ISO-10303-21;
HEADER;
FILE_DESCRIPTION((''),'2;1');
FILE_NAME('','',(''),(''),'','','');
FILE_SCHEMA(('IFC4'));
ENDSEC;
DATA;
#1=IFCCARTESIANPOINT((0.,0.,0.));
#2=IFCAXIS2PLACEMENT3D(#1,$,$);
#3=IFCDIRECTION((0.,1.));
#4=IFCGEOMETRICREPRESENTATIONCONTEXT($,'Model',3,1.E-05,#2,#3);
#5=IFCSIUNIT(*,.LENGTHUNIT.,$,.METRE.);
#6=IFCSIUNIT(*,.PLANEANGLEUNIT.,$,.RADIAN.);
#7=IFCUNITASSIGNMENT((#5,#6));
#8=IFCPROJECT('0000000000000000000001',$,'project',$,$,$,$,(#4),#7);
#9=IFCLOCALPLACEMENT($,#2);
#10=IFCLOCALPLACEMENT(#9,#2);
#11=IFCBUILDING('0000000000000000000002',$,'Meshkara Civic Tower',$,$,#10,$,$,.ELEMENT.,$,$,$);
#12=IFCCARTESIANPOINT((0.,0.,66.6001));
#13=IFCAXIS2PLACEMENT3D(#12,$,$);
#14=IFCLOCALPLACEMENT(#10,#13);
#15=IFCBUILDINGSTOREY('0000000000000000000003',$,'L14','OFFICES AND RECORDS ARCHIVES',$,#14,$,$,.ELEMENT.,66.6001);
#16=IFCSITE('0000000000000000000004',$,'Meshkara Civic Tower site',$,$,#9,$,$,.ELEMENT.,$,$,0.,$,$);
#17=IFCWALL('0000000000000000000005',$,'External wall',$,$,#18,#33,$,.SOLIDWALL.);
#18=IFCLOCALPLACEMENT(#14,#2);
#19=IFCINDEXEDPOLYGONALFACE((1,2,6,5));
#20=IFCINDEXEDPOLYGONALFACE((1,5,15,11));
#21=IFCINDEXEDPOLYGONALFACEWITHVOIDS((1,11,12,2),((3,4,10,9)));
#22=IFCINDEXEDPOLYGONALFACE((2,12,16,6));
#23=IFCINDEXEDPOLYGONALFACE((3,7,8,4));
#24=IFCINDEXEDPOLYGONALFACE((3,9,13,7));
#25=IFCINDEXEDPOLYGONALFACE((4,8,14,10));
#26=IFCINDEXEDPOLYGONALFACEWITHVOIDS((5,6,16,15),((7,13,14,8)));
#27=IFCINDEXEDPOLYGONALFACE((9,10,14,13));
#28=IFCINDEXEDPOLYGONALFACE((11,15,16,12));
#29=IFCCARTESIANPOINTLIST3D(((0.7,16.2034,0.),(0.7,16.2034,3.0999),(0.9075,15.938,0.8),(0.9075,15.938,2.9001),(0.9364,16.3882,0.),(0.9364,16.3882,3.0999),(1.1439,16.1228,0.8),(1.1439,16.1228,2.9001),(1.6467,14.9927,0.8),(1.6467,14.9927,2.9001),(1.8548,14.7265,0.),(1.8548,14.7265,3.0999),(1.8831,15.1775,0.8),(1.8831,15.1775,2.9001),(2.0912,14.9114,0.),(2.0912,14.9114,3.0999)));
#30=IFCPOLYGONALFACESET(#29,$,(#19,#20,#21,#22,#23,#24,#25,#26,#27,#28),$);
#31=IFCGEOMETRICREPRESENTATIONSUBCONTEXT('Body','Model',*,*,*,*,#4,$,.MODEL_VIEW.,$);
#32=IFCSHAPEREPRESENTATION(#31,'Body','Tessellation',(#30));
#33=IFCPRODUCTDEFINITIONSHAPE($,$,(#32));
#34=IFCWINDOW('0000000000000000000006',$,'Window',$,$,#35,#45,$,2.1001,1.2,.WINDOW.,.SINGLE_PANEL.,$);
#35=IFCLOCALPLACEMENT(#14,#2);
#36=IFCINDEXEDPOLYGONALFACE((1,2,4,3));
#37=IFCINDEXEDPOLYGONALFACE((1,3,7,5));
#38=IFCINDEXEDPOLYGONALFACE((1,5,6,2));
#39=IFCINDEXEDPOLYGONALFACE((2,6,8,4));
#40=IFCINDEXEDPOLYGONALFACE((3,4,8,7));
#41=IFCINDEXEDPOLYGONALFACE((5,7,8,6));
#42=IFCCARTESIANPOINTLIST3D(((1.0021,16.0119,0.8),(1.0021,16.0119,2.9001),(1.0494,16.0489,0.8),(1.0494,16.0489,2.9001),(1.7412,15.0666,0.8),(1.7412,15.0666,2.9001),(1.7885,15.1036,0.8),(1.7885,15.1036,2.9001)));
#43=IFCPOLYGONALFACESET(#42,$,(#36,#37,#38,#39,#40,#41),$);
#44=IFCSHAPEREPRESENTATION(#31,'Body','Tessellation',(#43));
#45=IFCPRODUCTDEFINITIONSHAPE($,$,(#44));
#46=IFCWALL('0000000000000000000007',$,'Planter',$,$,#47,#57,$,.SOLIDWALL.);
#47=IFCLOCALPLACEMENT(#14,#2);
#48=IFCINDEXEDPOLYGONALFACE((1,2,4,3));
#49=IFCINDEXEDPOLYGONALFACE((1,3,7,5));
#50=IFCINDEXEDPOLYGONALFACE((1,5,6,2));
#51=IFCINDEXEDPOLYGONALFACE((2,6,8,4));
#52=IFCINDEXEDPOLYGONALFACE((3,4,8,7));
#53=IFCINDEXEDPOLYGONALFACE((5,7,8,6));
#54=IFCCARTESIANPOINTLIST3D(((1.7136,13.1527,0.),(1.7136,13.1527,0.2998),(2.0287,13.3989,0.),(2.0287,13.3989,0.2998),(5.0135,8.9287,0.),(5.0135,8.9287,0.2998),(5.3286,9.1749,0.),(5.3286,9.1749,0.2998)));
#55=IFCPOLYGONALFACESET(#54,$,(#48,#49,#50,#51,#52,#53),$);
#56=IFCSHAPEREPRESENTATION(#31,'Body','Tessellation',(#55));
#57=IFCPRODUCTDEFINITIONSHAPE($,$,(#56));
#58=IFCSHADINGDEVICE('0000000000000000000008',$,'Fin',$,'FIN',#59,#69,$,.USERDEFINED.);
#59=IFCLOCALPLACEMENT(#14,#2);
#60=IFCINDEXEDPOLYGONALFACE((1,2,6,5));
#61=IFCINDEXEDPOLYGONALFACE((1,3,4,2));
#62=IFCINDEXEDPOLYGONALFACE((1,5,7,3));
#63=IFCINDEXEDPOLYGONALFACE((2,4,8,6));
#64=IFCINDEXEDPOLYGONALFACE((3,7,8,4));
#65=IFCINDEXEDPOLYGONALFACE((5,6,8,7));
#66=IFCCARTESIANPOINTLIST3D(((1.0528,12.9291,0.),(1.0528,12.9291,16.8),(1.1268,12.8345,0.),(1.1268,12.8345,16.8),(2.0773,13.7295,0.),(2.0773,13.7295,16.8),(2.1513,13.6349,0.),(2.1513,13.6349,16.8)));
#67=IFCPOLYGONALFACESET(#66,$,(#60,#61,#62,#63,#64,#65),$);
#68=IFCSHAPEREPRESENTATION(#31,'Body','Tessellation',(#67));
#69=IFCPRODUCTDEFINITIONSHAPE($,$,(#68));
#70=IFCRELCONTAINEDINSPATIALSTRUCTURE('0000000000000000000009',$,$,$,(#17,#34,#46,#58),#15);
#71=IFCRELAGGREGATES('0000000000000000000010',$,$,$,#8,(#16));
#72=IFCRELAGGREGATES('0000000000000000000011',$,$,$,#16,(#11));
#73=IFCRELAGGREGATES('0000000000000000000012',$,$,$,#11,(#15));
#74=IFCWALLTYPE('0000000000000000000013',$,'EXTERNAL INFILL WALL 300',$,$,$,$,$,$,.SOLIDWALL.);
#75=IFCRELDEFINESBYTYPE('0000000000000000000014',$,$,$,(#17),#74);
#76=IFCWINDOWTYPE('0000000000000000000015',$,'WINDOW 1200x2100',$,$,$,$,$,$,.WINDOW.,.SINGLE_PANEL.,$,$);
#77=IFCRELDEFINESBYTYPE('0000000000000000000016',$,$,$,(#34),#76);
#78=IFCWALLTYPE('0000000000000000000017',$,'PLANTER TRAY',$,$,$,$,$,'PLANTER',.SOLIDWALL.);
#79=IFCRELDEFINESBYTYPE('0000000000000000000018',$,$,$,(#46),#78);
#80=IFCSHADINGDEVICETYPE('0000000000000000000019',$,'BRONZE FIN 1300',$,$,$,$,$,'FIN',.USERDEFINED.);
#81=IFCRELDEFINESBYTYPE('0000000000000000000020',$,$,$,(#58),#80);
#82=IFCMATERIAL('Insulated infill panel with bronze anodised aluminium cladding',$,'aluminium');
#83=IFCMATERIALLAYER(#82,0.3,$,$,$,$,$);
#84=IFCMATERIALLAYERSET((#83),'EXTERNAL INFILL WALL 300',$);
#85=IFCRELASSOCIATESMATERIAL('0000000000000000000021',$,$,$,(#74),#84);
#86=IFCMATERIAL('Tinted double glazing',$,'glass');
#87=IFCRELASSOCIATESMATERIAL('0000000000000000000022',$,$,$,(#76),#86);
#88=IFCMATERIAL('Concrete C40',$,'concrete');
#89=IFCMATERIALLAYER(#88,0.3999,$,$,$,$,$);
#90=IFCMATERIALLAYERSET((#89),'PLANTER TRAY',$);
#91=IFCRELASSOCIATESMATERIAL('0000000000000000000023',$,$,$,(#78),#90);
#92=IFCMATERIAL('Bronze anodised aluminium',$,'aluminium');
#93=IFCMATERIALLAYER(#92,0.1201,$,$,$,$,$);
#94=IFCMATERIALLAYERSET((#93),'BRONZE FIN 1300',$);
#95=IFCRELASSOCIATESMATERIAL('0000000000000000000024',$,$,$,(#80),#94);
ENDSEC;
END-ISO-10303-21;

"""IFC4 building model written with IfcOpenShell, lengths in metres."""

from ifc_helpers import new_model, si_unit, direction, frame, frame_2d, origin, origin_2d, place, context, subcontext, project, spatial, rectangle, extrude, material, layer, layer_set, type_object, element, fill, save


model = new_model("IFC4")

# Units and contexts
model_context = context("Model", 3, precision=1e-05, world=origin(), true_north=direction((0.0, 1.0)))
body_context = subcontext(model_context, "Body", "Model", "MODEL_VIEW")
ifc_project = project(units=[si_unit("LENGTHUNIT", "METRE"), si_unit("PLANEANGLEUNIT", "RADIAN")], contexts=[model_context])

# Site, building, storey
site_placement = place(None, origin())
site = spatial("IfcSite", under=ifc_project, at=site_placement, Name="Meshkara Civic Tower site", CompositionType="ELEMENT", RefElevation=0.0)
building_placement = place(site_placement, origin())
building = spatial("IfcBuilding", under=site, at=building_placement, Name="Meshkara Civic Tower", CompositionType="ELEMENT")
storey_placement = place(building_placement, frame((0.0, 0.0, 66.6001)))
storey = spatial("IfcBuildingStorey", under=building, at=storey_placement, Name="L14", Description="OFFICES AND RECORDS ARCHIVES", CompositionType="ELEMENT", Elevation=66.6001)

# Wall, opening, window
ifc_material_1 = material(Name="Insulated infill panel with bronze anodised aluminium cladding", Category="aluminium")
ifc_layer_1 = layer(ifc_material_1, 0.3)
ifc_layer_set_1 = layer_set([ifc_layer_1], Name="EXTERNAL INFILL WALL 300")
wall_type_1 = type_object("IfcWallType", Name="EXTERNAL INFILL WALL 300", PredefinedType="SOLIDWALL", material=ifc_layer_set_1)
wall_1_placement = place(storey_placement, frame((0.8181, 16.2959, 0.0), z_axis=(0.0, 0.0, 1.0), x_axis=(0.615985, -0.787758, 0.0)))
wall_1 = element("IfcWall", 1, at=wall_1_placement, inside=storey, type_object=wall_type_1, Name="External wall", PredefinedType="SOLIDWALL", context=body_context, shape_type="SweptSolid", body=[
    extrude(rectangle(XDim=1.8748, YDim=0.3, at=frame_2d((0.9375, 0.0))), origin(), (0.0, 0.0, 1.0), 3.0999),
])
opening_1_placement = place(wall_1_placement, frame((0.3369, 0.0, 0.8)))
opening_1 = element("IfcOpeningElement", 2, at=opening_1_placement, cuts=wall_1, PredefinedType="OPENING", context=body_context, shape_type="SweptSolid", body=[
    extrude(rectangle(XDim=1.2, YDim=2.1001, at=frame_2d((0.6001, 1.05))), frame((0.0, 0.1599, 0.0), z_axis=(0.0, -1.0, 0.0), x_axis=(1.0, 0.0, 0.0)), (0.0, 0.0, 1.0), 0.3201),
])
ifc_material_2 = material(Name="Tinted double glazing", Category="glass")
window_type = type_object("IfcWindowType", Name="WINDOW 1200x2100", PartitioningType="SINGLE_PANEL", PredefinedType="WINDOW", material=ifc_material_2)
window_placement = place(opening_1_placement, origin())
window = element("IfcWindow", 3, at=window_placement, inside=storey, type_object=window_type, Name="Window", OverallHeight=2.1001, OverallWidth=1.2, PartitioningType="SINGLE_PANEL", PredefinedType="WINDOW", context=body_context, shape_type="SweptSolid", body=[
    extrude(rectangle(XDim=1.2, YDim=2.1001, at=frame_2d((0.6001, 1.05))), frame((0.0, 0.03, 0.0), z_axis=(0.0, -1.0, 0.0), x_axis=(1.0, 0.0, 0.0)), (0.0, 0.0, 1.0), 0.0601),
])
fill(opening_1, window)

# Wall
ifc_material_3 = material(Name="Concrete C40", Category="concrete")
ifc_layer_2 = layer(ifc_material_3, 0.3999)
ifc_layer_set_2 = layer_set([ifc_layer_2], Name="PLANTER TRAY")
wall_type_2 = type_object("IfcWallType", Name="PLANTER TRAY", ElementType="PLANTER", PredefinedType="SOLIDWALL", material=ifc_layer_set_2)
wall_2_placement = place(storey_placement, frame((1.8711, 13.2759, 0.0), z_axis=(0.0, 0.0, 1.0), x_axis=(0.615633, -0.788033, 0.0)))
element("IfcWall", 4, at=wall_2_placement, inside=storey, type_object=wall_type_2, Name="Planter", PredefinedType="SOLIDWALL", context=body_context, shape_type="SweptSolid", body=[
    extrude(rectangle(XDim=5.3601, YDim=0.3999, at=frame_2d((2.6802, 0.0))), origin(), (0.0, 0.0, 1.0), 0.2998),
])

# Shading device
ifc_material_4 = material(Name="Bronze anodised aluminium", Category="aluminium")
ifc_layer_3 = layer(ifc_material_4, 0.1201)
ifc_layer_set_3 = layer_set([ifc_layer_3], Name="BRONZE FIN 1300")
shading_device_type = type_object("IfcShadingDeviceType", Name="BRONZE FIN 1300", ElementType="FIN", PredefinedType="USERDEFINED", material=ifc_layer_set_3)
shading_device_placement = place(storey_placement, frame((1.6021, 13.282, 0.0), z_axis=(0.0, 0.0, 1.0), x_axis=(0.615661, -0.788011, 0.0)))
element("IfcShadingDevice", 5, at=shading_device_placement, inside=storey, type_object=shading_device_type, Name="Fin", ObjectType="FIN", PredefinedType="USERDEFINED", context=body_context, shape_type="SweptSolid", body=[
    extrude(rectangle(XDim=0.1201, YDim=1.3, at=origin_2d()), origin(), (0.0, 0.0, 1.0), 16.8),
])

save(model, "model.ifc")
